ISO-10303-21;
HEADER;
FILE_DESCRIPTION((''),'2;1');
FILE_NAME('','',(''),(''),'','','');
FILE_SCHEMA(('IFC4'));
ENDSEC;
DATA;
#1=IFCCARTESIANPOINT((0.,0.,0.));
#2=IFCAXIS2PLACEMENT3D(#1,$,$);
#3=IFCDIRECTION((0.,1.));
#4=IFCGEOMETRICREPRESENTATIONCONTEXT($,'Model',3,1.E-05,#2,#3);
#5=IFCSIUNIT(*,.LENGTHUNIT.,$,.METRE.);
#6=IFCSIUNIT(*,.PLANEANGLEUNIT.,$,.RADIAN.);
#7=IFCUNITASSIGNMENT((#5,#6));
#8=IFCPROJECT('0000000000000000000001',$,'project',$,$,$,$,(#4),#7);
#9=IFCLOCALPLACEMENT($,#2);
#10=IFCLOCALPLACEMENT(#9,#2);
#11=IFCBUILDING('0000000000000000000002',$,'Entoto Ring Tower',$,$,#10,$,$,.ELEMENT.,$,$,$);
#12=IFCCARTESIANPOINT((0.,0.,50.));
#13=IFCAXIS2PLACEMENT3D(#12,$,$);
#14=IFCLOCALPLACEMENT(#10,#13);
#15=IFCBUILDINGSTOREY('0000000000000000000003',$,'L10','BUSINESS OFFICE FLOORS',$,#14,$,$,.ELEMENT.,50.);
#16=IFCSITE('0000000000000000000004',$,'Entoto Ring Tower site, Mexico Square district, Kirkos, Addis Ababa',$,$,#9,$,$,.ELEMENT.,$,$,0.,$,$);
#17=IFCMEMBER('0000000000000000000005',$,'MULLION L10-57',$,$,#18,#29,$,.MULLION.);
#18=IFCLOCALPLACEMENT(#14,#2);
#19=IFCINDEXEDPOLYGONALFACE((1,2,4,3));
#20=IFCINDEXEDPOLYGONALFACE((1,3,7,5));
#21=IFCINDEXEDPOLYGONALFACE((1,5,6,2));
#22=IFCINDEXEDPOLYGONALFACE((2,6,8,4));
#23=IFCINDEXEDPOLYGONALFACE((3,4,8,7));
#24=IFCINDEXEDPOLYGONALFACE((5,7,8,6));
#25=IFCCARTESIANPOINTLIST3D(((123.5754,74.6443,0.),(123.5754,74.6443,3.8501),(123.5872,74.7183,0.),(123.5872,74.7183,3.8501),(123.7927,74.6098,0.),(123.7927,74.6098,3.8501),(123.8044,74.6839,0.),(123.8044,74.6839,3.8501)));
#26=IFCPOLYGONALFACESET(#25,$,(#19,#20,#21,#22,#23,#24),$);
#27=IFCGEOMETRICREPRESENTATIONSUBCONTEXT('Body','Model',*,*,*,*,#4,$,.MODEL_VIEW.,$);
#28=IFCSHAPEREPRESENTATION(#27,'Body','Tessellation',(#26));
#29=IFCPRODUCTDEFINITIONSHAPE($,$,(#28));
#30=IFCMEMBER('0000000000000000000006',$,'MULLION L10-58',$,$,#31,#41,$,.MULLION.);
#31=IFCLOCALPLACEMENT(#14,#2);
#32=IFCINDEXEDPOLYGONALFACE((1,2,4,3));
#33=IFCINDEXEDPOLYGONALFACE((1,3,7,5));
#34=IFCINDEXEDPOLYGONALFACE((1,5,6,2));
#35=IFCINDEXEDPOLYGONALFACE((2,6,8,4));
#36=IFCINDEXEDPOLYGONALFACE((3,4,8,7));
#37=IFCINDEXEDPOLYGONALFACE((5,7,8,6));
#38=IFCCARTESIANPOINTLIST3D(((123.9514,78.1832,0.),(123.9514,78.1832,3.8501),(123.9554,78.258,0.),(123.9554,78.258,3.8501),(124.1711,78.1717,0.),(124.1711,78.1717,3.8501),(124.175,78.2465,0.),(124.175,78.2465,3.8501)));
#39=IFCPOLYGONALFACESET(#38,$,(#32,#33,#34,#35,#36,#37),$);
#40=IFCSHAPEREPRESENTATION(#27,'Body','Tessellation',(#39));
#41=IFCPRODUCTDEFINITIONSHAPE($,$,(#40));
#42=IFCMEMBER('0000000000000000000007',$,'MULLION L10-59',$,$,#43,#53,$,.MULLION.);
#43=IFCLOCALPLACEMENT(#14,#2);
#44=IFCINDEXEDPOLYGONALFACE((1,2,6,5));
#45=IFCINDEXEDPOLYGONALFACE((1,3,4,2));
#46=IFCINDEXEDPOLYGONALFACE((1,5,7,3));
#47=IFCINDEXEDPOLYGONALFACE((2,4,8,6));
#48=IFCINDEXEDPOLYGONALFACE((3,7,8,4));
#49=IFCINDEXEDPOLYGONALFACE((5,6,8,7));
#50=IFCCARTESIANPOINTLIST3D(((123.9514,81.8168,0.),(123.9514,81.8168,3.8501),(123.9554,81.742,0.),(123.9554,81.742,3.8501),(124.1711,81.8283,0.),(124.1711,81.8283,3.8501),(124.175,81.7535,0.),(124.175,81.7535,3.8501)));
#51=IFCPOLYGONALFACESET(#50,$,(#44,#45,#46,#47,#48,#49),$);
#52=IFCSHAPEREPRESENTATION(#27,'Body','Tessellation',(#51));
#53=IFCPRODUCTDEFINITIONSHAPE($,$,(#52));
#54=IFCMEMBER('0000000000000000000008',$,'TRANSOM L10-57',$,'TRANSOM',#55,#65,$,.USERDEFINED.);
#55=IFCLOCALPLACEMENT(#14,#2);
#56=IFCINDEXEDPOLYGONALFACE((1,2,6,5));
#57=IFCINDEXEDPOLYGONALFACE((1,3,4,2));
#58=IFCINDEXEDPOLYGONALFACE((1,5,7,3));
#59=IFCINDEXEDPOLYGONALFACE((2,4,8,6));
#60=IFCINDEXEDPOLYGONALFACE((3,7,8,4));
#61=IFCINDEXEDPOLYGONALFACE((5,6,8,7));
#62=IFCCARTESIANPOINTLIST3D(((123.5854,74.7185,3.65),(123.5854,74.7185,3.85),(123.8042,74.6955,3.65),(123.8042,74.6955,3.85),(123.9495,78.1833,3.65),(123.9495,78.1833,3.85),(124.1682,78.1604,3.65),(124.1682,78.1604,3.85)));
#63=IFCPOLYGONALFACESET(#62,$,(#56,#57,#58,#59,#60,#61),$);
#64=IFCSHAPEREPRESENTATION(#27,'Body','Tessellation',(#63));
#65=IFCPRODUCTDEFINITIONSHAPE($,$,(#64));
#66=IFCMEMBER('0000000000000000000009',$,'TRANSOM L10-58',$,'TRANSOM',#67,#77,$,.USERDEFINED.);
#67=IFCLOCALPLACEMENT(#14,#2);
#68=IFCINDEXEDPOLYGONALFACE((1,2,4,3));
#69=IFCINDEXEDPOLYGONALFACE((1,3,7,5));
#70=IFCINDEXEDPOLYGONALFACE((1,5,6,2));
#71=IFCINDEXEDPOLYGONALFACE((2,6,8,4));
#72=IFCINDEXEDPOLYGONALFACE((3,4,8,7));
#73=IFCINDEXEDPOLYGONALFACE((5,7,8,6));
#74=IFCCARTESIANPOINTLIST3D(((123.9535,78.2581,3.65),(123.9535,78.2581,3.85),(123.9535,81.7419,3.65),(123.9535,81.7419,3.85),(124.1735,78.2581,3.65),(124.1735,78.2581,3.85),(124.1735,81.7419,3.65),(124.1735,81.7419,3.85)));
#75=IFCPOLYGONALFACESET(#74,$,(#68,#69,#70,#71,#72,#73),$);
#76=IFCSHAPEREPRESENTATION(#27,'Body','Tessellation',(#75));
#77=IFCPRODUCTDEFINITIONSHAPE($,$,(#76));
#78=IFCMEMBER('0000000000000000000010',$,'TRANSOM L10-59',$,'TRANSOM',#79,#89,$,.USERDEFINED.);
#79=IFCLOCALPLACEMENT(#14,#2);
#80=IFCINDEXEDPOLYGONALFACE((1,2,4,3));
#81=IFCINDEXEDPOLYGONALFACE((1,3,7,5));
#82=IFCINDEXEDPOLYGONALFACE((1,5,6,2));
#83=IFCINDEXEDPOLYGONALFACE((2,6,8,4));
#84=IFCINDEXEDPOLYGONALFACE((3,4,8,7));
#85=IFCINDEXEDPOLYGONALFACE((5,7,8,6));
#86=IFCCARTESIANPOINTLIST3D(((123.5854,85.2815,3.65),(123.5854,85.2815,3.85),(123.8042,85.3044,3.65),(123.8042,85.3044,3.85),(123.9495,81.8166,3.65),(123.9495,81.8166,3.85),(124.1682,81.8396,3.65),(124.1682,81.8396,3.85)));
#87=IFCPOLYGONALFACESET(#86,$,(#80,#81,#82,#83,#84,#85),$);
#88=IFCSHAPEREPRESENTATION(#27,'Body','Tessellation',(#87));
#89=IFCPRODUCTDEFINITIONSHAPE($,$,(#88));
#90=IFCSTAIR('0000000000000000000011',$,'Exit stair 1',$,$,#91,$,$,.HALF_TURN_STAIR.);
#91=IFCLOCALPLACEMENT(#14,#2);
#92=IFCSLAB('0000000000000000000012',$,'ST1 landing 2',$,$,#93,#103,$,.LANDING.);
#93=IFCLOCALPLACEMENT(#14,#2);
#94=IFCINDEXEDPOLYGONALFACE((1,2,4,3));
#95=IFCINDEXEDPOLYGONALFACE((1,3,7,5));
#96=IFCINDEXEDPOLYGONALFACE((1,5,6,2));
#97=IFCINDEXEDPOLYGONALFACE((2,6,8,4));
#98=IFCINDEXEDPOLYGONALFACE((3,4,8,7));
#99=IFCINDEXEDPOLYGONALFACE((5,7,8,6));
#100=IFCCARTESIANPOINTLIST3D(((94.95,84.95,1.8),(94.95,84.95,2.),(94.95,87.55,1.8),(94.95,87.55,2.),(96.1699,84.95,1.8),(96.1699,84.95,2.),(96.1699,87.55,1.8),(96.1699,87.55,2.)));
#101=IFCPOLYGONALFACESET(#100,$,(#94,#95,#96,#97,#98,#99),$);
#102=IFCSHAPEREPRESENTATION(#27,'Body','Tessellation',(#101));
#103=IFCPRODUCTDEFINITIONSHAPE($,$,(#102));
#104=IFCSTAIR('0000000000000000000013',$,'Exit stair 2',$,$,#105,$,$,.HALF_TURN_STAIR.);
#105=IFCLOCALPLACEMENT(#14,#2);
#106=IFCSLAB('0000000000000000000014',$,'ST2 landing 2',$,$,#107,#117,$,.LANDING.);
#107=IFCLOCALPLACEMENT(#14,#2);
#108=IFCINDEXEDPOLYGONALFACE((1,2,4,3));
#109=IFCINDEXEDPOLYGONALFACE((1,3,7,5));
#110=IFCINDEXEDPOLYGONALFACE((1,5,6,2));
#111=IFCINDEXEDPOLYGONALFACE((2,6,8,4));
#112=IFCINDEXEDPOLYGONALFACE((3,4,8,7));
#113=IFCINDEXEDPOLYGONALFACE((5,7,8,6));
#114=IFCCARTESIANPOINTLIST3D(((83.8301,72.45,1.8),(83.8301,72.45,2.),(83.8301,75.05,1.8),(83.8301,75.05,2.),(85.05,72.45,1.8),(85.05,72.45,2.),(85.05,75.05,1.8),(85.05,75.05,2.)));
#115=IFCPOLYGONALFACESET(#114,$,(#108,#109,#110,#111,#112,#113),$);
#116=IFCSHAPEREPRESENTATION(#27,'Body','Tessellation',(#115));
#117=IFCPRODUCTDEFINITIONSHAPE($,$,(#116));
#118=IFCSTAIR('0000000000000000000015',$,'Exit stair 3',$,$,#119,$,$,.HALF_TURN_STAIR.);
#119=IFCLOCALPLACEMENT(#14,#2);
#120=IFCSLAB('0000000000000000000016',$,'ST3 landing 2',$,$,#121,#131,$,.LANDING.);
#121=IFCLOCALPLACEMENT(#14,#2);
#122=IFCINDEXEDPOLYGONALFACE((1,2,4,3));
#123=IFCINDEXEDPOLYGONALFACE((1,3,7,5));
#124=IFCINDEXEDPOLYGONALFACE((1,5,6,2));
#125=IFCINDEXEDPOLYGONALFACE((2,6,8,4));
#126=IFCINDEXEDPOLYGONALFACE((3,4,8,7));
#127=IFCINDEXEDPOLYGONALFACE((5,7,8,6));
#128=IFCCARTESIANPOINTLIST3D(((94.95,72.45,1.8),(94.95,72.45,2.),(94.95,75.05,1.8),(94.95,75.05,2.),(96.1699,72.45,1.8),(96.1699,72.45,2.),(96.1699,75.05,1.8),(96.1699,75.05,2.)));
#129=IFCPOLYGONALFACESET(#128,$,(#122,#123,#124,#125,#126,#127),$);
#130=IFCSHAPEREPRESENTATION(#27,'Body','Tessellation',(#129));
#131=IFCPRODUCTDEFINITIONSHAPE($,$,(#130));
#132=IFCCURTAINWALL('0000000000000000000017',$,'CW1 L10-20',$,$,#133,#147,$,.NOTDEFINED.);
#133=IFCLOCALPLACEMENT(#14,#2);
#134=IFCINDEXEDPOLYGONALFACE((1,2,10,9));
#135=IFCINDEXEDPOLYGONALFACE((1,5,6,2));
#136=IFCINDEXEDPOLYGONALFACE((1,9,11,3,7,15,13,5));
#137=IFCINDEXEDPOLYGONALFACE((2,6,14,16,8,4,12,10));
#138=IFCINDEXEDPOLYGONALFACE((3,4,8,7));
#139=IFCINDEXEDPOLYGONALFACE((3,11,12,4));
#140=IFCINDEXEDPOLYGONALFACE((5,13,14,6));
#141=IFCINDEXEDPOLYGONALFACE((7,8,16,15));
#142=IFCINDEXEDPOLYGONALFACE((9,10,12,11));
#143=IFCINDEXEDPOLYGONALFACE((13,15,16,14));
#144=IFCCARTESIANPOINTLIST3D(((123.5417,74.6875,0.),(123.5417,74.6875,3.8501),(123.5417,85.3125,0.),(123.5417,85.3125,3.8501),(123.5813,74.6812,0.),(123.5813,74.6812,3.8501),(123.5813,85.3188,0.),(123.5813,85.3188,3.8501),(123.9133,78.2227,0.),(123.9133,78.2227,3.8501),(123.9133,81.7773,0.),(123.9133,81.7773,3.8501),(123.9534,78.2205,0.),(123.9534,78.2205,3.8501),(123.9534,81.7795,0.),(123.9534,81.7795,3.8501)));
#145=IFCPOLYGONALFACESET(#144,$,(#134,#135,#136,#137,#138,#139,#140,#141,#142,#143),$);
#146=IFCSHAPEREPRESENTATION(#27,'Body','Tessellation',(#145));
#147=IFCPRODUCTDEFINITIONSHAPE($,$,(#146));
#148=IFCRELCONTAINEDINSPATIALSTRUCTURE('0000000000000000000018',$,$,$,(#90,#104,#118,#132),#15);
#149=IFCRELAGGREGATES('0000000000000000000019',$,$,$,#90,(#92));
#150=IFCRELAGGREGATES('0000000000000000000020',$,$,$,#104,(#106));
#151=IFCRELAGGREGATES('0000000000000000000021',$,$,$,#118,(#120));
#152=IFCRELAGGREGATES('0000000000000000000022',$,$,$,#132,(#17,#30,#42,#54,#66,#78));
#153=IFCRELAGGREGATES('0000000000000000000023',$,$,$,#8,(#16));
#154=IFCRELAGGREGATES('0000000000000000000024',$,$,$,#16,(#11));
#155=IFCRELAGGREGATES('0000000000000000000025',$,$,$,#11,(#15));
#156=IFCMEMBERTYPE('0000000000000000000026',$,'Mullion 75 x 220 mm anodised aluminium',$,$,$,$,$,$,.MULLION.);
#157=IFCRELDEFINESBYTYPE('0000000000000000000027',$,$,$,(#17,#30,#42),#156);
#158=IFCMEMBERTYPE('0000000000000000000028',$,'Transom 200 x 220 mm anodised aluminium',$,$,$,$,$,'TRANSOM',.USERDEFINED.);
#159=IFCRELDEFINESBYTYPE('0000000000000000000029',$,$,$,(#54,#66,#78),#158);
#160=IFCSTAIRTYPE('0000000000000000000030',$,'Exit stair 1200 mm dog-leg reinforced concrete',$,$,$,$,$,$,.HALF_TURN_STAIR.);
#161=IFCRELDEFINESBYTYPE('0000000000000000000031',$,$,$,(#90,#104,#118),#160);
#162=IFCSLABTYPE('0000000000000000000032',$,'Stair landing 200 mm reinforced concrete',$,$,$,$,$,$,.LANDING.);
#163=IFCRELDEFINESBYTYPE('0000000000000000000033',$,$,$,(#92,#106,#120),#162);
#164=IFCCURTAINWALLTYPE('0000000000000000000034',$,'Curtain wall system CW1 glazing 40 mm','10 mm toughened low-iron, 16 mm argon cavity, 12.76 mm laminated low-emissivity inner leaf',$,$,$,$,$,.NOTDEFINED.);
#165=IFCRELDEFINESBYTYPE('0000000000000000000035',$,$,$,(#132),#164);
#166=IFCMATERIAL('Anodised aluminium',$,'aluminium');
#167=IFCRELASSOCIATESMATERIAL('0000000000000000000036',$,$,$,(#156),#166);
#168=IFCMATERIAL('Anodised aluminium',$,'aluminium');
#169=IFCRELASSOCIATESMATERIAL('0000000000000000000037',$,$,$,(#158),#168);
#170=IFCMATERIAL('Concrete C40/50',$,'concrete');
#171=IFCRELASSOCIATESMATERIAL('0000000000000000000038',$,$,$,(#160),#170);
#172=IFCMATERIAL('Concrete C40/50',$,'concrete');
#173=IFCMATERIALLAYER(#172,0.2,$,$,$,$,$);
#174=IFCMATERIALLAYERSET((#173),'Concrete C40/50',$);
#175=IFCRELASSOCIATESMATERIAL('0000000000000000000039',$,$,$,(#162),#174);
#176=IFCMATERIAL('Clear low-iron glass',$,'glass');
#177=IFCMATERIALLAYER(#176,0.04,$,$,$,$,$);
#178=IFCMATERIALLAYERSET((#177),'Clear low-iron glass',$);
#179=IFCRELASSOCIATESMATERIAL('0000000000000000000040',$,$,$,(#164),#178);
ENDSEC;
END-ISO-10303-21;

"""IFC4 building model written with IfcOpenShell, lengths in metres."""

from ifc_helpers import new_model, si_unit, direction, frame, origin, origin_2d, place, context, subcontext, project, spatial, polyline, rectangle, outline, extrude, material, layer, layer_set, material_profile, profile_set, type_object, element, aggregate, save


model = new_model("IFC4")

# Units and contexts
model_context = context("Model", 3, precision=1e-05, world=origin(), true_north=direction((0.0, 1.0)))
body_context = subcontext(model_context, "Body", "Model", "MODEL_VIEW")
ifc_project = project(units=[si_unit("LENGTHUNIT", "METRE"), si_unit("PLANEANGLEUNIT", "RADIAN")], contexts=[model_context])

# Members
ifc_material_1 = material(Name="Anodised aluminium", Category="aluminium")
ifc_material_profile_1 = material_profile(ifc_material_1, rectangle(XDim=0.075, YDim=0.22, at=origin_2d()), Name="Mullion 75 x 220 mm anodised aluminium")
ifc_profile_set_1 = profile_set([ifc_material_profile_1], Name="Anodised aluminium")
member_type_1 = type_object("IfcMemberType", Name="Mullion 75 x 220 mm anodised aluminium", PredefinedType="MULLION", material=ifc_profile_set_1)
site_placement = place(None, origin())
building_placement = place(site_placement, origin())
storey_placement = place(building_placement, frame((0.0, 0.0, 50.0)))
member_1_placement = place(storey_placement, frame((123.6899, 74.6641, 0.0), z_axis=(0.0, 0.0, 1.0), x_axis=(0.156434, 0.987688, 0.0)))
member_1 = element("IfcMember", 1, at=member_1_placement, type_object=member_type_1, Name="MULLION L10-57", PredefinedType="MULLION", context=body_context, shape_type="SweptSolid", body=[
    extrude(rectangle(XDim=0.075, YDim=0.22, at=origin_2d()), origin(), (0.0, 0.0, 1.0), 3.8501),
])
member_2_placement = place(storey_placement, frame((124.0632, 78.2148, 0.0), z_axis=(0.0, 0.0, 1.0), x_axis=(0.052336, 0.99863, 0.0)))
member_2 = element("IfcMember", 2, at=member_2_placement, type_object=member_type_1, Name="MULLION L10-58", PredefinedType="MULLION", context=body_context, shape_type="SweptSolid", body=[
    extrude(rectangle(XDim=0.075, YDim=0.22, at=origin_2d()), origin(), (0.0, 0.0, 1.0), 3.8501),
])
member_3_placement = place(storey_placement, frame((124.0632, 81.7852, 0.0), z_axis=(0.0, 0.0, 1.0), x_axis=(-0.052336, 0.99863, 0.0)))
member_3 = element("IfcMember", 3, at=member_3_placement, type_object=member_type_1, Name="MULLION L10-59", PredefinedType="MULLION", context=body_context, shape_type="SweptSolid", body=[
    extrude(rectangle(XDim=0.075, YDim=0.22, at=origin_2d()), origin(), (0.0, 0.0, 1.0), 3.8501),
])
ifc_material_2 = material(Name="Anodised aluminium", Category="aluminium")
ifc_material_profile_2 = material_profile(ifc_material_2, rectangle(XDim=0.22, YDim=0.2, at=origin_2d()), Name="Transom 200 x 220 mm anodised aluminium")
ifc_profile_set_2 = profile_set([ifc_material_profile_2], Name="Anodised aluminium")
member_type_2 = type_object("IfcMemberType", Name="Transom 200 x 220 mm anodised aluminium", ElementType="TRANSOM", PredefinedType="USERDEFINED", material=ifc_profile_set_2)
member_4_placement = place(storey_placement, frame((123.6948, 74.707, 3.75), z_axis=(0.104484, 0.994527, 0.0), x_axis=(-0.994527, 0.104484, 0.0)))
member_4 = element("IfcMember", 4, at=member_4_placement, type_object=member_type_2, Name="TRANSOM L10-57", ObjectType="TRANSOM", PredefinedType="USERDEFINED", context=body_context, shape_type="SweptSolid", body=[
    extrude(rectangle(XDim=0.22, YDim=0.2, at=origin_2d()), origin(), (0.0, 0.0, 1.0), 3.4839),
])
member_5_placement = place(storey_placement, frame((124.0635, 78.2581, 3.75), z_axis=(0.0, 1.0, 0.0), x_axis=(-1.0, 0.0, 0.0)))
member_5 = element("IfcMember", 5, at=member_5_placement, type_object=member_type_2, Name="TRANSOM L10-58", ObjectType="TRANSOM", PredefinedType="USERDEFINED", context=body_context, shape_type="SweptSolid", body=[
    extrude(rectangle(XDim=0.22, YDim=0.2, at=origin_2d()), origin(), (0.0, 0.0, 1.0), 3.4839),
])
member_6_placement = place(storey_placement, frame((124.0588, 81.8281, 3.75), z_axis=(-0.104484, 0.994527, 0.0), x_axis=(-0.994527, -0.104484, 0.0)))
member_6 = element("IfcMember", 6, at=member_6_placement, type_object=member_type_2, Name="TRANSOM L10-59", ObjectType="TRANSOM", PredefinedType="USERDEFINED", context=body_context, shape_type="SweptSolid", body=[
    extrude(rectangle(XDim=0.22, YDim=0.2, at=origin_2d()), origin(), (0.0, 0.0, 1.0), 3.4839),
])

# Site, building, storey
site = spatial("IfcSite", under=ifc_project, at=site_placement, Name="Entoto Ring Tower site, Mexico Square district, Kirkos, Addis Ababa", CompositionType="ELEMENT", RefElevation=0.0)
building = spatial("IfcBuilding", under=site, at=building_placement, Name="Entoto Ring Tower", CompositionType="ELEMENT")
storey = spatial("IfcBuildingStorey", under=building, at=storey_placement, Name="L10", Description="BUSINESS OFFICE FLOORS", CompositionType="ELEMENT", Elevation=50.0)

# Stairs, slabs
ifc_material_3 = material(Name="Concrete C40/50", Category="concrete")
stair_type = type_object("IfcStairType", Name="Exit stair 1200 mm dog-leg reinforced concrete", PredefinedType="HALF_TURN_STAIR", material=ifc_material_3)
stair_1_placement = place(storey_placement, origin())
stair_1 = element("IfcStair", 7, at=stair_1_placement, inside=storey, type_object=stair_type, Name="Exit stair 1", PredefinedType="HALF_TURN_STAIR")
ifc_material_4 = material(Name="Concrete C40/50", Category="concrete")
ifc_layer_1 = layer(ifc_material_4, 0.2)
ifc_layer_set_1 = layer_set([ifc_layer_1], Name="Concrete C40/50")
slab_type = type_object("IfcSlabType", Name="Stair landing 200 mm reinforced concrete", PredefinedType="LANDING", material=ifc_layer_set_1)
slab_1_placement = place(storey_placement, frame((0.0, 0.0, 1.8)))
slab_1 = element("IfcSlab", 8, at=slab_1_placement, type_object=slab_type, Name="ST1 landing 2", PredefinedType="LANDING", context=body_context, shape_type="SweptSolid", body=[
    extrude(outline(polyline([(94.95, 84.95), (96.1699, 84.95), (96.1699, 87.55), (94.95, 87.55), (94.95, 84.95)])), origin(), (0.0, 0.0, 1.0), 0.2),
])
aggregate(stair_1, [slab_1])
stair_2_placement = place(storey_placement, origin())
stair_2 = element("IfcStair", 9, at=stair_2_placement, inside=storey, type_object=stair_type, Name="Exit stair 2", PredefinedType="HALF_TURN_STAIR")
slab_2_placement = place(storey_placement, frame((0.0, 0.0, 1.8)))
slab_2 = element("IfcSlab", 10, at=slab_2_placement, type_object=slab_type, Name="ST2 landing 2", PredefinedType="LANDING", context=body_context, shape_type="SweptSolid", body=[
    extrude(outline(polyline([(83.8301, 72.45), (85.05, 72.45), (85.05, 75.05), (83.8301, 75.05), (83.8301, 72.45)])), origin(), (0.0, 0.0, 1.0), 0.2),
])
aggregate(stair_2, [slab_2])
stair_3_placement = place(storey_placement, origin())
stair_3 = element("IfcStair", 11, at=stair_3_placement, inside=storey, type_object=stair_type, Name="Exit stair 3", PredefinedType="HALF_TURN_STAIR")
slab_3_placement = place(storey_placement, frame((0.0, 0.0, 1.8)))
slab_3 = element("IfcSlab", 12, at=slab_3_placement, type_object=slab_type, Name="ST3 landing 2", PredefinedType="LANDING", context=body_context, shape_type="SweptSolid", body=[
    extrude(outline(polyline([(94.95, 72.45), (96.1699, 72.45), (96.1699, 75.05), (94.95, 75.05), (94.95, 72.45)])), origin(), (0.0, 0.0, 1.0), 0.2),
])
aggregate(stair_3, [slab_3])

# Curtain wall
ifc_material_5 = material(Name="Clear low-iron glass", Category="glass")
ifc_layer_2 = layer(ifc_material_5, 0.04)
ifc_layer_set_2 = layer_set([ifc_layer_2], Name="Clear low-iron glass")
curtain_wall_type = type_object("IfcCurtainWallType", Name="Curtain wall system CW1 glazing 40 mm", Description="10 mm toughened low-iron, 16 mm argon cavity, 12.76 mm laminated low-emissivity inner leaf", PredefinedType="NOTDEFINED", material=ifc_layer_set_2)
curtain_wall_1_placement = place(storey_placement, origin())
curtain_wall_1 = element("IfcCurtainWall", 13, at=curtain_wall_1_placement, inside=storey, type_object=curtain_wall_type, Name="CW1 L10-20", PredefinedType="NOTDEFINED", context=body_context, shape_type="SweptSolid", body=[
    extrude(outline(polyline([(123.5813, 74.6812), (123.9534, 78.2205), (123.9534, 81.7795), (123.5813, 85.3188), (123.5417, 85.3125), (123.9133, 81.7773), (123.9133, 78.2227), (123.5417, 74.6875), (123.5813, 74.6812)])), origin(), (0.0, 0.0, 1.0), 3.8501),
])
aggregate(curtain_wall_1, [member_1, member_2, member_3, member_4, member_5, member_6])

save(model, "model.ifc")
